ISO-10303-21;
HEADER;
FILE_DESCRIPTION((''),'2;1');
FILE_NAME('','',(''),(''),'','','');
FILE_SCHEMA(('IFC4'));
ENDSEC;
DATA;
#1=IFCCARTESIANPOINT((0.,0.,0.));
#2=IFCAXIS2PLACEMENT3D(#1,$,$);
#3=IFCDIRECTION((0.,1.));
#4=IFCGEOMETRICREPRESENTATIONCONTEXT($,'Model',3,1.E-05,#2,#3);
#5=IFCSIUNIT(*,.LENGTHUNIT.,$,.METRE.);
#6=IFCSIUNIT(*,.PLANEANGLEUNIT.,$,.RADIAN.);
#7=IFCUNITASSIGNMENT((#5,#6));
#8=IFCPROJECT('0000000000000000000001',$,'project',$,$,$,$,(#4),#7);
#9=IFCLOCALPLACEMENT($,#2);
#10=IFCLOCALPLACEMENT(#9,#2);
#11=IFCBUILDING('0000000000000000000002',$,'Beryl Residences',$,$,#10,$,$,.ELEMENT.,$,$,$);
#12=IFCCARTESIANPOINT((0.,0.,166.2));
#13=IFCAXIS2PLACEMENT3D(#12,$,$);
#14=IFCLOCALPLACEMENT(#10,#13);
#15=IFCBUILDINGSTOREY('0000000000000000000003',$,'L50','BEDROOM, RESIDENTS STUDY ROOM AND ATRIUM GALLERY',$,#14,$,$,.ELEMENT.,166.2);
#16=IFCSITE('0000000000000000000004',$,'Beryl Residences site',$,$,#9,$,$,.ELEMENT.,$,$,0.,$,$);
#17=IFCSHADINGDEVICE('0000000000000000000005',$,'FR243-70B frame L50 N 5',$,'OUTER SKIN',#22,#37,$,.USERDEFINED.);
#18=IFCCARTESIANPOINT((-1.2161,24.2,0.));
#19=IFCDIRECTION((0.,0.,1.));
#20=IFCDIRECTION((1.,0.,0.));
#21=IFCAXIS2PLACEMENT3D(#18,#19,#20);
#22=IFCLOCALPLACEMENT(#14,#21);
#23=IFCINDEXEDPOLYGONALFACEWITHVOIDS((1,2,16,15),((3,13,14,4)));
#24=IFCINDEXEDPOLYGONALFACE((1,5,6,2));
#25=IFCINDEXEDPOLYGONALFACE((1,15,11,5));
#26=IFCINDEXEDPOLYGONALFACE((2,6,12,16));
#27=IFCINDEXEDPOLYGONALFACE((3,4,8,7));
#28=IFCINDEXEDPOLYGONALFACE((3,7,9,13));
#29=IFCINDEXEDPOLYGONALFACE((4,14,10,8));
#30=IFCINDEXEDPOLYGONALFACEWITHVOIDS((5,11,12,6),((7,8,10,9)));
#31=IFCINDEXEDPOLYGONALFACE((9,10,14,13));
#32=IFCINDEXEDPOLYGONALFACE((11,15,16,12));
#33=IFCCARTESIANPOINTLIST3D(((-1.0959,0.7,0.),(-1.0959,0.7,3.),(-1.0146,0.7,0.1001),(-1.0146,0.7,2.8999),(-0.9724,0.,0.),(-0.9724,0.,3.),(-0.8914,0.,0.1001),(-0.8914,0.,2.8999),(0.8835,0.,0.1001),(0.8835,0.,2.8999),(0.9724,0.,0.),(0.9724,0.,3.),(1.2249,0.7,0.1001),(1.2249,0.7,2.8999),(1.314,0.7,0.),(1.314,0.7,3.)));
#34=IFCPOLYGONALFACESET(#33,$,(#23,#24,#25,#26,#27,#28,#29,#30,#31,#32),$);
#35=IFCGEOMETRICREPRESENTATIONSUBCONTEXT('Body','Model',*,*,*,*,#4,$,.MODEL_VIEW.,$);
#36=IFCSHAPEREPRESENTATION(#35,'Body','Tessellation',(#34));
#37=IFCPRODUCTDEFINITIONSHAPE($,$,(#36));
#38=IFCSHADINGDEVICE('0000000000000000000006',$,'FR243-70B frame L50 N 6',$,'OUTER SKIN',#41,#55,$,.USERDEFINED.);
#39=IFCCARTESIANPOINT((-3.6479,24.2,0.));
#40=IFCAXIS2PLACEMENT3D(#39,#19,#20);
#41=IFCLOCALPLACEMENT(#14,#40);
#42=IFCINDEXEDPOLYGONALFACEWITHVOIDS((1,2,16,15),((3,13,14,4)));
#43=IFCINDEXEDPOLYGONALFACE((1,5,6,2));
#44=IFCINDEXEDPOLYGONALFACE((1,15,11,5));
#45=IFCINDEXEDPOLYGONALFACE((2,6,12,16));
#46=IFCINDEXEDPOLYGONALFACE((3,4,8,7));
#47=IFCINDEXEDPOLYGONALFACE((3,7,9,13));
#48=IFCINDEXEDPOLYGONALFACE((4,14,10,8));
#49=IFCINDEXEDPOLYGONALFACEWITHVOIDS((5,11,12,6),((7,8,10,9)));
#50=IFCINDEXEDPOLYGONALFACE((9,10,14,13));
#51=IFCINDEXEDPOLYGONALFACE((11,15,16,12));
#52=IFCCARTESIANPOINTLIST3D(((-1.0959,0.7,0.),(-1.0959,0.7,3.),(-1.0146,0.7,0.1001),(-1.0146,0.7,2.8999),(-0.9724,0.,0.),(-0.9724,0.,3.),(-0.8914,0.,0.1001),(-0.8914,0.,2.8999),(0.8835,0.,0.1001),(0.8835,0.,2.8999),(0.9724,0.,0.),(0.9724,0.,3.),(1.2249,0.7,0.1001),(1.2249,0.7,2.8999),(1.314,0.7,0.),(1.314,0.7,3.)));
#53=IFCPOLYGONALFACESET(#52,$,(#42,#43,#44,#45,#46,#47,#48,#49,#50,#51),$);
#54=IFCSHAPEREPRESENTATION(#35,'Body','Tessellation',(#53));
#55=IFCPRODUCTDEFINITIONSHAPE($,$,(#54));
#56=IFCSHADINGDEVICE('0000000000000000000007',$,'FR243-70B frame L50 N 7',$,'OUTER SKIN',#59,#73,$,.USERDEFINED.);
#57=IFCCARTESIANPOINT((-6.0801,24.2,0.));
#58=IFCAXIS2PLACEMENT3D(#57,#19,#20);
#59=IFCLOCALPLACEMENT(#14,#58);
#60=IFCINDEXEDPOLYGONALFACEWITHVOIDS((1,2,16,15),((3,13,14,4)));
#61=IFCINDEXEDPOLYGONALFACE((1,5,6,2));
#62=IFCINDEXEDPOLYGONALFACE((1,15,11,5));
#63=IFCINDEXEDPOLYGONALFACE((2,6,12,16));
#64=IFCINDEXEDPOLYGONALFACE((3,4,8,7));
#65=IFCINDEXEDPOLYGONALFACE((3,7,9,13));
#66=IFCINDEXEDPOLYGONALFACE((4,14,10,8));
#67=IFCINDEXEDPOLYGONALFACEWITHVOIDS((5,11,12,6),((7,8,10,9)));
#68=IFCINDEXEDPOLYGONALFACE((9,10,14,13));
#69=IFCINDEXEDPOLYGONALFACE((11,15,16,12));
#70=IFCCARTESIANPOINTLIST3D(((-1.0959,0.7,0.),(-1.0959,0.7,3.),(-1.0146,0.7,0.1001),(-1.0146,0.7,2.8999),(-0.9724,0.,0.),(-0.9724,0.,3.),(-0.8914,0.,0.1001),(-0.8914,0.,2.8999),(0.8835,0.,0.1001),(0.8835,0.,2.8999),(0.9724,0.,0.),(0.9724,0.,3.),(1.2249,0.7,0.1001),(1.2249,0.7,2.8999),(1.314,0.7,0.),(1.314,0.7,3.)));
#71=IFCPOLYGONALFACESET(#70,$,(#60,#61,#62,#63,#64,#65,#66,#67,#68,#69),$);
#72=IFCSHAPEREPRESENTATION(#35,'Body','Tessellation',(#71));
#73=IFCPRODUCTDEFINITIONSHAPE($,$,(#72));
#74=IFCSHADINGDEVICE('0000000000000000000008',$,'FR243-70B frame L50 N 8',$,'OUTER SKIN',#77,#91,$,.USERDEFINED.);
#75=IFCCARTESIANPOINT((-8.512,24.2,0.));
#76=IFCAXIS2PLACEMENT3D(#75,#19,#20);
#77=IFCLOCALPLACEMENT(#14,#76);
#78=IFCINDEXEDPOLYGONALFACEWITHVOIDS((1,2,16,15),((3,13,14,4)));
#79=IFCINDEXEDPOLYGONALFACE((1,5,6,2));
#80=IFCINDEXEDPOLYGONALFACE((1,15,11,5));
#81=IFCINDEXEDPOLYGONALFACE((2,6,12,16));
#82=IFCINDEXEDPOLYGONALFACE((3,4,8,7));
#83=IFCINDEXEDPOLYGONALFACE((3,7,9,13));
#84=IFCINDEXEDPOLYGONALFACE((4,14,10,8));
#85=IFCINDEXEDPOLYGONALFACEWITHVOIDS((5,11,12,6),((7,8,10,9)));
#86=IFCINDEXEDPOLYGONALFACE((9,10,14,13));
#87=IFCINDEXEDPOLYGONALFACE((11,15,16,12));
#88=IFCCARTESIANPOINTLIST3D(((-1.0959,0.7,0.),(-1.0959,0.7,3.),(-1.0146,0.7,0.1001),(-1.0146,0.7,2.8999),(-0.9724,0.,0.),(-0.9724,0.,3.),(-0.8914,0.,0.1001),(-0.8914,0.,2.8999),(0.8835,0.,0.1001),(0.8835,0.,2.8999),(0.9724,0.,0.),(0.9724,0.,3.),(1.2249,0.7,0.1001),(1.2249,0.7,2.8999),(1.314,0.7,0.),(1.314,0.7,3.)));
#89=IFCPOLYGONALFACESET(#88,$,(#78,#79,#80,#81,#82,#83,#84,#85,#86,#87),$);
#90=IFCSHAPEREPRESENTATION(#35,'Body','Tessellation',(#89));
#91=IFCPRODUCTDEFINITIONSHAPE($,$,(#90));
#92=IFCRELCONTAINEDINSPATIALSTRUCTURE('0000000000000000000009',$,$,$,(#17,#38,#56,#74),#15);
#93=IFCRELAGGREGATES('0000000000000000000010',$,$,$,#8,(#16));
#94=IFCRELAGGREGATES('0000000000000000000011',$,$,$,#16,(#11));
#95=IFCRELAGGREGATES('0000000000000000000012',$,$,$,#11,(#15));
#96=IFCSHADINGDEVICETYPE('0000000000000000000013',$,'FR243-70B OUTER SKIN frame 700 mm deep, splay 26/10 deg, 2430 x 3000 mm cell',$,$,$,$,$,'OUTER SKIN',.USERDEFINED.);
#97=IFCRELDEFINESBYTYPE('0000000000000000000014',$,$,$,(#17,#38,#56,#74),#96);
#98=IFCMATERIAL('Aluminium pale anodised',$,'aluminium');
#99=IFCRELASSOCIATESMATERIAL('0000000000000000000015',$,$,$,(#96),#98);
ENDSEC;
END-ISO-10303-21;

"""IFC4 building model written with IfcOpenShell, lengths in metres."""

from ifc_helpers import new_model, entity, si_unit, direction, frame, origin, place, context, subcontext, project, spatial, source, transform, mapped, material, type_object, type_shapes, element, save


model = new_model("IFC4")

# Units and contexts
model_context = context("Model", 3, precision=1e-05, world=origin(), true_north=direction((0.0, 1.0)))
body_context = subcontext(model_context, "Body", "Model", "MODEL_VIEW")
ifc_project = project(units=[si_unit("LENGTHUNIT", "METRE"), si_unit("PLANEANGLEUNIT", "RADIAN")], contexts=[model_context])

# Site, building, storey
site_placement = place(None, origin())
site = spatial("IfcSite", under=ifc_project, at=site_placement, Name="Beryl Residences site", CompositionType="ELEMENT", RefElevation=0.0)
building_placement = place(site_placement, origin())
building = spatial("IfcBuilding", under=site, at=building_placement, Name="Beryl Residences", CompositionType="ELEMENT")
storey_placement = place(building_placement, frame((0.0, 0.0, 166.2)))
storey = spatial("IfcBuildingStorey", under=building, at=storey_placement, Name="L50", Description="BEDROOM, RESIDENTS STUDY ROOM AND ATRIUM GALLERY", CompositionType="ELEMENT", Elevation=166.2)

# Shading devices
ifc_material_1 = material(Name="Aluminium pale anodised", Category="aluminium")
shading_device_type = type_object("IfcShadingDeviceType", Name="FR243-70B OUTER SKIN frame 700 mm deep, splay 26/10 deg, 2430 x 3000 mm cell", ElementType="OUTER SKIN", PredefinedType="USERDEFINED", material=ifc_material_1)
cartesian_point_1 = entity("IfcCartesianPoint", [-0.9724, 0.0])
cartesian_point_2 = entity("IfcCartesianPoint", [-0.8835, 0.1001])
cartesian_point_3 = entity("IfcCartesianPoint", [-1.314, 0.0])
cartesian_point_4 = entity("IfcCartesianPoint", [-1.2249, 0.1001])
shared_shape_1 = source(origin(), body_context, "Body", "SweptSolid", [
    entity("IfcExtrudedAreaSolidTapered", entity("IfcArbitraryProfileDefWithVoids", "AREA", None, entity("IfcPolyline", [cartesian_point_1, entity("IfcCartesianPoint", [0.9724, 0.0]), entity("IfcCartesianPoint", [0.9724, 3.0]), entity("IfcCartesianPoint", [-0.9724, 3.0]), cartesian_point_1]), [entity("IfcPolyline", [cartesian_point_2, entity("IfcCartesianPoint", [0.8914, 0.1001]), entity("IfcCartesianPoint", [0.8914, 2.8999]), entity("IfcCartesianPoint", [-0.8835, 2.8999]), cartesian_point_2])]), entity("IfcAxis2Placement3D", entity("IfcCartesianPoint", [0.0, 0.0, 0.0]), entity("IfcDirection", [0.0, 1.0, 0.0]), entity("IfcDirection", [-1.0, 0.0, 0.0])), entity("IfcDirection", [0.0, 0.0, 1.0]), 0.7, entity("IfcArbitraryProfileDefWithVoids", "AREA", None, entity("IfcPolyline", [cartesian_point_3, entity("IfcCartesianPoint", [1.0959, 0.0]), entity("IfcCartesianPoint", [1.0959, 3.0]), entity("IfcCartesianPoint", [-1.314, 3.0]), cartesian_point_3]), [entity("IfcPolyline", [cartesian_point_4, entity("IfcCartesianPoint", [1.0146, 0.1001]), entity("IfcCartesianPoint", [1.0146, 2.8999]), entity("IfcCartesianPoint", [-1.2249, 2.8999]), cartesian_point_4])])),
])
type_shapes(shading_device_type, [shared_shape_1])
for number, where, z_axis, x_axis, name in (
    (1, (-1.2161, 24.2, 0.0), (0.0, 0.0, 1.0), (1.0, 0.0, 0.0), "FR243-70B frame L50 N 5"),
    (2, (-3.6479, 24.2, 0.0), (0.0, 0.0, 1.0), (1.0, 0.0, 0.0), "FR243-70B frame L50 N 6"),
    (3, (-6.0801, 24.2, 0.0), (0.0, 0.0, 1.0), (1.0, 0.0, 0.0), "FR243-70B frame L50 N 7"),
    (4, (-8.512, 24.2, 0.0), (0.0, 0.0, 1.0), (1.0, 0.0, 0.0), "FR243-70B frame L50 N 8"),
):
    element("IfcShadingDevice", number, at=place(storey_placement, frame(where, z_axis=z_axis, x_axis=x_axis)), inside=storey, type_object=shading_device_type, Name=name, ObjectType="OUTER SKIN", PredefinedType="USERDEFINED", context=body_context, shape_type="MappedRepresentation", body=[
        mapped(shared_shape_1, transform((0.0, 0.0, 0.0))),
    ])

save(model, "model.ifc")
